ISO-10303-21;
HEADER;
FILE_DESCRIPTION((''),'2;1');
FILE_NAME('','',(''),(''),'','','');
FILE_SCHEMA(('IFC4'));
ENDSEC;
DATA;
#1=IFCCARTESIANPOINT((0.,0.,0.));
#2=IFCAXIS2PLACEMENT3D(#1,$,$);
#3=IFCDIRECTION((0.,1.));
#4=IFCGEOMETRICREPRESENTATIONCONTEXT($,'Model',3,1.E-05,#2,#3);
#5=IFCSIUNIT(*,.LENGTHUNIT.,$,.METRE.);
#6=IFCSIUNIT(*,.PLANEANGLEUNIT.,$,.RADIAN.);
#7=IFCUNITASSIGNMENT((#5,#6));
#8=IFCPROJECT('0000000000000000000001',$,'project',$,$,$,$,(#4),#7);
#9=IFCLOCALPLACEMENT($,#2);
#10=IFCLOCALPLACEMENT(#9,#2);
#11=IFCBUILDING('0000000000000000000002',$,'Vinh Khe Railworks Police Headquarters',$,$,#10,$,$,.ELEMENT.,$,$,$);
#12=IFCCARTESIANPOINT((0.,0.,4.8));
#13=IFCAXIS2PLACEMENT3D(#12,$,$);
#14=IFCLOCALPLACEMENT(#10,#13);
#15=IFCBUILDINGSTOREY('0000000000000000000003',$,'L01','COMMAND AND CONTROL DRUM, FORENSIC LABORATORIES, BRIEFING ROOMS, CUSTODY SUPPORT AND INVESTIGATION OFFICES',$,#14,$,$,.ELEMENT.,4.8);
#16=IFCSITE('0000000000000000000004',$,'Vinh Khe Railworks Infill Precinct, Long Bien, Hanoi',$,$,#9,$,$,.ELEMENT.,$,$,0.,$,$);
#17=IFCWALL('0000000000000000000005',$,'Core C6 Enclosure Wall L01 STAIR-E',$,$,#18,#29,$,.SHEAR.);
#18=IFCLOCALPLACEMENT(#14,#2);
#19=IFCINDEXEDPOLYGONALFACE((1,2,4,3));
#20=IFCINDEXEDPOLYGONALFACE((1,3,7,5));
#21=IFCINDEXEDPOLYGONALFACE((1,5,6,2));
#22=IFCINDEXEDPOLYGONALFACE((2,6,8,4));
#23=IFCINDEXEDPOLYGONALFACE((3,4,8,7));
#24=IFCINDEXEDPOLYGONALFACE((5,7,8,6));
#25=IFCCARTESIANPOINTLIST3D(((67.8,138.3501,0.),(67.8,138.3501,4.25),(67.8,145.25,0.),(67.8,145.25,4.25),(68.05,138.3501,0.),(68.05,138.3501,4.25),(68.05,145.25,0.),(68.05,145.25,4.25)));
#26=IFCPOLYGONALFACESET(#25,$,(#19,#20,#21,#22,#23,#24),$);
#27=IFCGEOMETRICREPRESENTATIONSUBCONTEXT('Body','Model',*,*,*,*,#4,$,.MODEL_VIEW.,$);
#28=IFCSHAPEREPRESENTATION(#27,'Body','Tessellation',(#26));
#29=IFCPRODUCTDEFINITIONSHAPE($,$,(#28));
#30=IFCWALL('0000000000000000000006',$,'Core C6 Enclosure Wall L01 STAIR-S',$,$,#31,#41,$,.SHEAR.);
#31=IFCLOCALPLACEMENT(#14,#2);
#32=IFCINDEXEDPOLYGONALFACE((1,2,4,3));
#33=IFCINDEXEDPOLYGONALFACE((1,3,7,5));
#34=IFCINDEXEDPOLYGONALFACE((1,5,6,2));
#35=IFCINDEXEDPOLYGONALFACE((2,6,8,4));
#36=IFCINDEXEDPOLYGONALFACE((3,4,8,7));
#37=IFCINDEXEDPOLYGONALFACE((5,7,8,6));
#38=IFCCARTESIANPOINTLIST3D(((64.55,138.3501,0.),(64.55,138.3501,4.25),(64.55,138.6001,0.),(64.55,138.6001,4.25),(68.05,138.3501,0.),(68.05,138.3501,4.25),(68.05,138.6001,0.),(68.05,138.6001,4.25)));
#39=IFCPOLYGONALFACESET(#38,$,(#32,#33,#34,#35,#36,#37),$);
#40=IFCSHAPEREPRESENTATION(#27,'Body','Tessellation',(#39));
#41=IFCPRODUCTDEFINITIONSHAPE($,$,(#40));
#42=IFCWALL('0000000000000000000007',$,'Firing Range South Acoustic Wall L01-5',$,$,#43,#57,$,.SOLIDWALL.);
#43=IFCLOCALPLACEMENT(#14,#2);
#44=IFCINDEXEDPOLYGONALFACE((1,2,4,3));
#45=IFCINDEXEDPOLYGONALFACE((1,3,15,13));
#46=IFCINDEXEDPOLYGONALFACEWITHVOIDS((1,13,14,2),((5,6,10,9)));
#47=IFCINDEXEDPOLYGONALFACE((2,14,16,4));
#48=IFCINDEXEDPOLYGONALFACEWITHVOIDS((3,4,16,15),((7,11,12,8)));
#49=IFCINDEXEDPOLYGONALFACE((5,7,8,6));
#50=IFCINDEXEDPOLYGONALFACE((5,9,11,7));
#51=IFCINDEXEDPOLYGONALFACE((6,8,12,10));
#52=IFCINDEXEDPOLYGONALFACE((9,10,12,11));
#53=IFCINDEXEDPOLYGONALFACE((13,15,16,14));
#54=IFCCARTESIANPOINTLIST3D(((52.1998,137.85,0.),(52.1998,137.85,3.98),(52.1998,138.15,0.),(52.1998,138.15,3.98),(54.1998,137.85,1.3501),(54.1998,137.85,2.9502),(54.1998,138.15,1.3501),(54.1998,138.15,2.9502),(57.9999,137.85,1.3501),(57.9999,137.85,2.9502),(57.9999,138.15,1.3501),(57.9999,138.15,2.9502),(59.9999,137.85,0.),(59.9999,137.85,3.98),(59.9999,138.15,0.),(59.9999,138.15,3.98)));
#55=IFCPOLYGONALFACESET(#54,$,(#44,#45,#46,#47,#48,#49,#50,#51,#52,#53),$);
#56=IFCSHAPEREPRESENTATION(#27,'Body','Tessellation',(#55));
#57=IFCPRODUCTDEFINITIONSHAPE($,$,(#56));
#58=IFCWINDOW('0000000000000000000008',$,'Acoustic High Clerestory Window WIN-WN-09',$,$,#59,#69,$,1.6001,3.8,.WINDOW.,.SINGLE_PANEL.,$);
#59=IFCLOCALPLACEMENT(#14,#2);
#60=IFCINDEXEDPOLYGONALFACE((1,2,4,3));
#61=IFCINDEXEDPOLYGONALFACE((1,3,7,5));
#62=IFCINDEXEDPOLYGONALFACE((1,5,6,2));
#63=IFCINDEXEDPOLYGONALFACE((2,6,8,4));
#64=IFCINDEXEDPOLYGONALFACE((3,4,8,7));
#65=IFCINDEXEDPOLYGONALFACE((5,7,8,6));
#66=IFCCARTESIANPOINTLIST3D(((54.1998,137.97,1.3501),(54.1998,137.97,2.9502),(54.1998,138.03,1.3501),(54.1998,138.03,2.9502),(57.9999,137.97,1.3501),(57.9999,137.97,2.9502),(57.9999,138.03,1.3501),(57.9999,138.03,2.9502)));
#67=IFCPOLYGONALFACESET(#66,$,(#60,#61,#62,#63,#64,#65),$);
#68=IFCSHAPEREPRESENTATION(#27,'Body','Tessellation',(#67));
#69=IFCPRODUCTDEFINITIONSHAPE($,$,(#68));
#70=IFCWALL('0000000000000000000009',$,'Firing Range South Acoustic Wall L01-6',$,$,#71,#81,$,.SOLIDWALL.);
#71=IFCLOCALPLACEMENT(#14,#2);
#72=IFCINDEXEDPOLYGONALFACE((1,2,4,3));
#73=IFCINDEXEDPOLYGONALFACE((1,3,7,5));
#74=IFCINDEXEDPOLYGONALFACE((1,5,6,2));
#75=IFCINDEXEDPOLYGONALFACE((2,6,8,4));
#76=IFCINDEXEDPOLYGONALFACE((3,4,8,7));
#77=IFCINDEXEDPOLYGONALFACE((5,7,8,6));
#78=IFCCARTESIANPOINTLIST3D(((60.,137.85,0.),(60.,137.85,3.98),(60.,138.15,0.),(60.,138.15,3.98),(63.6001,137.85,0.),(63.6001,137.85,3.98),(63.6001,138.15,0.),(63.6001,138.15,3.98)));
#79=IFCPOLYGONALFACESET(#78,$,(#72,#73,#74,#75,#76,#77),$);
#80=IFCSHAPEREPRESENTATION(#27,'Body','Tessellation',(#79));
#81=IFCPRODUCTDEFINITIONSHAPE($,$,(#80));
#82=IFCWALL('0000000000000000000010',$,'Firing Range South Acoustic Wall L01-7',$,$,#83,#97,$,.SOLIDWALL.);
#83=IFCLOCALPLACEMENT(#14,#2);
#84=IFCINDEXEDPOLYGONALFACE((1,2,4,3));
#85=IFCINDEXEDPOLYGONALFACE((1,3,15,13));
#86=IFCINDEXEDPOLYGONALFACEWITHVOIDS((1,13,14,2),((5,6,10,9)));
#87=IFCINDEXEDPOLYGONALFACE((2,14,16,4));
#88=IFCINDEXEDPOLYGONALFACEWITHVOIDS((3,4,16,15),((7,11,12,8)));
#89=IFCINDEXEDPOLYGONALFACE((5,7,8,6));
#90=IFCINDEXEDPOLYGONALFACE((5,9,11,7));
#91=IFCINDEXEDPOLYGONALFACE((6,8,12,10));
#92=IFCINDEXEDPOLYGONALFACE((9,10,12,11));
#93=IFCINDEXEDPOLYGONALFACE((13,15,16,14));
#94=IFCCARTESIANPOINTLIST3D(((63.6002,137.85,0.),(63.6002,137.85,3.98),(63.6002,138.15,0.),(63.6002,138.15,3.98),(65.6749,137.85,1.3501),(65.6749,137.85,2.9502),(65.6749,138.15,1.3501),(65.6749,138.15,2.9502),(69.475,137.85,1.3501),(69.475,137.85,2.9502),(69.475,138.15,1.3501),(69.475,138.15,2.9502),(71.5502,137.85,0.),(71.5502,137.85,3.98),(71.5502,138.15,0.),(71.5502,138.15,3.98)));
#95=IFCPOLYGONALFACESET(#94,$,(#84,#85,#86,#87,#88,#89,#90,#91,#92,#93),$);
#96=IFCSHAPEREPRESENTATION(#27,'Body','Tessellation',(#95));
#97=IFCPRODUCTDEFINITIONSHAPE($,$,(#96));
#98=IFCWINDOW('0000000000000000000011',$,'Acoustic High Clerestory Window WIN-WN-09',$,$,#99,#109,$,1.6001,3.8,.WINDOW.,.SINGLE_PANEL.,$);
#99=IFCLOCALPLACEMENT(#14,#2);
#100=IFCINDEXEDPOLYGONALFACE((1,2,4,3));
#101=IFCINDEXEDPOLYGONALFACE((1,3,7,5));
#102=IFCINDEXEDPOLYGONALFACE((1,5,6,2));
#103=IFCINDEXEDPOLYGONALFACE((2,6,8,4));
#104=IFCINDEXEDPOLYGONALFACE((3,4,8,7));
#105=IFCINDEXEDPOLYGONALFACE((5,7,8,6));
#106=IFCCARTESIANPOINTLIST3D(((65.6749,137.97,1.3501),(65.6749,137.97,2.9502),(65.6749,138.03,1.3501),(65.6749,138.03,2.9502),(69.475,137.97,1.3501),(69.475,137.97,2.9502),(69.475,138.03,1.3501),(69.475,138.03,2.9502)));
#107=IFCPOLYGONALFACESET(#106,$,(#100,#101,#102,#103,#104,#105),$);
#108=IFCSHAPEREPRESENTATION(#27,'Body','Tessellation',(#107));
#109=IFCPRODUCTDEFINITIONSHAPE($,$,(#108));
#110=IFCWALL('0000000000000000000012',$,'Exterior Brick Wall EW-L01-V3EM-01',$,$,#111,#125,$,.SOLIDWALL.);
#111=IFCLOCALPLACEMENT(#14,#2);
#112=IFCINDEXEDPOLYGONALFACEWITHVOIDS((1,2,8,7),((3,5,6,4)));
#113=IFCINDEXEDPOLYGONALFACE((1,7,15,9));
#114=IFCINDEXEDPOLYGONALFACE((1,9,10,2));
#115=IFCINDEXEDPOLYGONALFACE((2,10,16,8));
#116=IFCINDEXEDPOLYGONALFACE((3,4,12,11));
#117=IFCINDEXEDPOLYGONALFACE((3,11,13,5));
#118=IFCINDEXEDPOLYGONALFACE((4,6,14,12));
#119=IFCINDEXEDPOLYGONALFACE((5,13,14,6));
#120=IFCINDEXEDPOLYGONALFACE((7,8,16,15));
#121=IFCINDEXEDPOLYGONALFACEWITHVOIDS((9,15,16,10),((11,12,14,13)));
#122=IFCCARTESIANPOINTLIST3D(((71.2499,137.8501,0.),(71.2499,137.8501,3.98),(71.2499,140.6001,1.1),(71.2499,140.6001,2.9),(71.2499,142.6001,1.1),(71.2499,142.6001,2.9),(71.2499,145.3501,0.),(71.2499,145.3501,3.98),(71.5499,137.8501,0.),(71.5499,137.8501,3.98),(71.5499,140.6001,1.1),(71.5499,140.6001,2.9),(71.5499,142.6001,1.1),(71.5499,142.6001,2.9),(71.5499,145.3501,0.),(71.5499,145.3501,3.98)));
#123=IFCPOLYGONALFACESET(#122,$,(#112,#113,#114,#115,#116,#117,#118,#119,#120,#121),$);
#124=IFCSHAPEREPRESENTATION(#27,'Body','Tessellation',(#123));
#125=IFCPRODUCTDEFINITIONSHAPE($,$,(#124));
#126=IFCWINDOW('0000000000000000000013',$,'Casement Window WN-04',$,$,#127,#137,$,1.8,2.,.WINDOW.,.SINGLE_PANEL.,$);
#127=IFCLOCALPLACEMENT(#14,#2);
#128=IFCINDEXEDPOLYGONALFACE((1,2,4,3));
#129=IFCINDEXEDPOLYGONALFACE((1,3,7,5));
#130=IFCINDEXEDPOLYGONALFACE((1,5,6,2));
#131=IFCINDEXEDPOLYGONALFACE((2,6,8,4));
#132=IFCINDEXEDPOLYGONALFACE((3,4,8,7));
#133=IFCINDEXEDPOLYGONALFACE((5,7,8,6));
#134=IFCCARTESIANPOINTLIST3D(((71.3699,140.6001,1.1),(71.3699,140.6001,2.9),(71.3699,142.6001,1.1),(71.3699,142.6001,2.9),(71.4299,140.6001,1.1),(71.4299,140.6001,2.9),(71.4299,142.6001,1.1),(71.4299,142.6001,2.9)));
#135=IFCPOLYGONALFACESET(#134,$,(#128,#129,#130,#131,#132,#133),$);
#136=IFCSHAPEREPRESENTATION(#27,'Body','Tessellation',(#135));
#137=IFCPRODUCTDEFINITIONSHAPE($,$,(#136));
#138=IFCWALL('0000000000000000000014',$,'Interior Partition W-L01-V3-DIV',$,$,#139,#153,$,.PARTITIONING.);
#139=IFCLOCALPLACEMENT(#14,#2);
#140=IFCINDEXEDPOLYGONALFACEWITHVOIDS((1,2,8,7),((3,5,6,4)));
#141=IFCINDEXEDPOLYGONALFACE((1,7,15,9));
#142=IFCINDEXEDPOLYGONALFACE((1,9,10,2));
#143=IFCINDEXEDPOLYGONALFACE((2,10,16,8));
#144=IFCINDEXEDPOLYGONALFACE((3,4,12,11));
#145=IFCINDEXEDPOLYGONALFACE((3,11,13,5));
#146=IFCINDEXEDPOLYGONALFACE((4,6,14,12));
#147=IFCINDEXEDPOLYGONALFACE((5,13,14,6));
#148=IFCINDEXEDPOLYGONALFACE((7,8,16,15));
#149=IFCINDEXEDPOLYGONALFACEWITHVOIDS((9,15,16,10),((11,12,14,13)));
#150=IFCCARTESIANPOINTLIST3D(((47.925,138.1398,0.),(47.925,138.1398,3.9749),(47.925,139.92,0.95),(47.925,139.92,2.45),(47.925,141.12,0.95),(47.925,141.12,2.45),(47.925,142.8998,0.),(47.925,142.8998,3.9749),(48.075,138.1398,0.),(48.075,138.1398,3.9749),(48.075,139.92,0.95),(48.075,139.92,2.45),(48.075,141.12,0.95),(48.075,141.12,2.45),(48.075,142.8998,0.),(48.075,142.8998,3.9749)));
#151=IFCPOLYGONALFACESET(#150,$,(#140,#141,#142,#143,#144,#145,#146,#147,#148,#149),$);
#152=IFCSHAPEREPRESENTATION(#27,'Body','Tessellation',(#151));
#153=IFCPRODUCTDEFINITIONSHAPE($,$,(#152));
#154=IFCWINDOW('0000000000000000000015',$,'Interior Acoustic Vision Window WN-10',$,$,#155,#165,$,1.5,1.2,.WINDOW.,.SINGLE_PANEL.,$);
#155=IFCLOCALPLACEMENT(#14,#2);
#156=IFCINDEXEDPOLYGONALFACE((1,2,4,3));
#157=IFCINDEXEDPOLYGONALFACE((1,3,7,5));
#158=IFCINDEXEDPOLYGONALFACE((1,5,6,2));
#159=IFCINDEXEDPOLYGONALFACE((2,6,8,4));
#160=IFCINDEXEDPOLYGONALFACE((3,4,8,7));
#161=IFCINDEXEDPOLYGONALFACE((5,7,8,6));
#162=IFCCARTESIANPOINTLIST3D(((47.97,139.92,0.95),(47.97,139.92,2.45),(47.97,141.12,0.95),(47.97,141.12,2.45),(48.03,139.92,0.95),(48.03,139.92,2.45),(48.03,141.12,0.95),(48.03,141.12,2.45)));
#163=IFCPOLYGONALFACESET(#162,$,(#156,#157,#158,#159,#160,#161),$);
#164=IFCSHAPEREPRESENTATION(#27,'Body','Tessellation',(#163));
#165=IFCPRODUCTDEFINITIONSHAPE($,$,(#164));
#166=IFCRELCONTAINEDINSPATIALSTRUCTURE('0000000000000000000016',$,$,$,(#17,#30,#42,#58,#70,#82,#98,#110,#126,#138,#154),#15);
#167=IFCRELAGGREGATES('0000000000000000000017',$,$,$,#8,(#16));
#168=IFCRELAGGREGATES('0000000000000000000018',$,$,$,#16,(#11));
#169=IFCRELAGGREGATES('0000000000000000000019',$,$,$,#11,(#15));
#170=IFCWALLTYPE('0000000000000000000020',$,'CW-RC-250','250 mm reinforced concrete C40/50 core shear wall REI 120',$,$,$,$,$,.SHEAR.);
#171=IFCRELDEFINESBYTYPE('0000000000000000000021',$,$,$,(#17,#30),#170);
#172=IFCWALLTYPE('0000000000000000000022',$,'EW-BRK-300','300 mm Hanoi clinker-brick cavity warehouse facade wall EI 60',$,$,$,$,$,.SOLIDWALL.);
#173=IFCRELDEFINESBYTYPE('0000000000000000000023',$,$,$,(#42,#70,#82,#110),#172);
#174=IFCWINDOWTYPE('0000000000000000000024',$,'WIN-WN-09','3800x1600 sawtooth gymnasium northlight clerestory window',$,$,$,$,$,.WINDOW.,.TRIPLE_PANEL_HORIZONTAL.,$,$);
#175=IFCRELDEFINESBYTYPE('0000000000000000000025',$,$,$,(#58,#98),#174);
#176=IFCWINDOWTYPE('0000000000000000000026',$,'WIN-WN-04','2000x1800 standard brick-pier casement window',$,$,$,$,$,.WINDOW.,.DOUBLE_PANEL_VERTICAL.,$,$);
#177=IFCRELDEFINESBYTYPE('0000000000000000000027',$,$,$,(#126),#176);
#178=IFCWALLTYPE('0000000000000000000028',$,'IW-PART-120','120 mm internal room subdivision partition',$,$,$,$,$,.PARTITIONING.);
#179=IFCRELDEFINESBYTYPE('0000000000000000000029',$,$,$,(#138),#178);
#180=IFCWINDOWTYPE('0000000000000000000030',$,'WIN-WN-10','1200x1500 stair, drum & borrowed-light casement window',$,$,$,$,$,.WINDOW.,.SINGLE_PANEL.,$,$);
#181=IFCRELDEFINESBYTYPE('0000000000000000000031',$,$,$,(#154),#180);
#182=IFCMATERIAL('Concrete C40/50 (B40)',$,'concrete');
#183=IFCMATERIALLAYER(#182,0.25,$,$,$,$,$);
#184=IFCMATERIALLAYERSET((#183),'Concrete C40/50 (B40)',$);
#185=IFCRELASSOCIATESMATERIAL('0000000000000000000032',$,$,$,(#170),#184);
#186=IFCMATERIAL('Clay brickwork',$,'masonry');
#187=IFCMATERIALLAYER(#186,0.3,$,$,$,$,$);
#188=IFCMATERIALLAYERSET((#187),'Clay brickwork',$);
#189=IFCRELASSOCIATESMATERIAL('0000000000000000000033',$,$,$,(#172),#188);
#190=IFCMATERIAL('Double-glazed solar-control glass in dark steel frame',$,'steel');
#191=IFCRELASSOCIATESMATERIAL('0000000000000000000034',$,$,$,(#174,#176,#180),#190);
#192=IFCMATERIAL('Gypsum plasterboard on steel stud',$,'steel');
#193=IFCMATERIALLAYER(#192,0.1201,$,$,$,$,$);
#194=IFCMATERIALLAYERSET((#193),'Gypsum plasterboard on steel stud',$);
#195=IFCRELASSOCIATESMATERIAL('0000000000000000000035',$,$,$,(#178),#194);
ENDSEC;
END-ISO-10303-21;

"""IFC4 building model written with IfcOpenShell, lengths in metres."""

from ifc_helpers import new_model, si_unit, direction, frame, frame_2d, origin, place, context, subcontext, project, spatial, rectangle, extrude, material, layer, layer_set, type_object, element, fill, save


model = new_model("IFC4")

# Units and contexts
model_context = context("Model", 3, precision=1e-05, world=origin(), true_north=direction((0.0, 1.0)))
body_context = subcontext(model_context, "Body", "Model", "MODEL_VIEW")
ifc_project = project(units=[si_unit("LENGTHUNIT", "METRE"), si_unit("PLANEANGLEUNIT", "RADIAN")], contexts=[model_context])

# Site, building, storey
site_placement = place(None, origin())
site = spatial("IfcSite", under=ifc_project, at=site_placement, Name="Vinh Khe Railworks Infill Precinct, Long Bien, Hanoi", CompositionType="ELEMENT", RefElevation=0.0)
building_placement = place(site_placement, origin())
building = spatial("IfcBuilding", under=site, at=building_placement, Name="Vinh Khe Railworks Police Headquarters", CompositionType="ELEMENT")
storey_placement = place(building_placement, frame((0.0, 0.0, 4.8)))
storey = spatial("IfcBuildingStorey", under=building, at=storey_placement, Name="L01", Description="COMMAND AND CONTROL DRUM, FORENSIC LABORATORIES, BRIEFING ROOMS, CUSTODY SUPPORT AND INVESTIGATION OFFICES", CompositionType="ELEMENT", Elevation=4.8)

# Shared definitions
ifc_material_1 = material(Name="Concrete C40/50 (B40)", Category="concrete")
ifc_layer_1 = layer(ifc_material_1, 0.25)
ifc_layer_set_1 = layer_set([ifc_layer_1], Name="Concrete C40/50 (B40)")
wall_type_1 = type_object("IfcWallType", Name="CW-RC-250", Description="250 mm reinforced concrete C40/50 core shear wall REI 120", PredefinedType="SHEAR", material=ifc_layer_set_1)

# Walls
wall_1_placement = place(storey_placement, frame((67.925, 138.3501, 0.0), z_axis=(0.0, 0.0, 1.0), x_axis=(0.0, 1.0, 0.0)))
element("IfcWall", 1, at=wall_1_placement, inside=storey, type_object=wall_type_1, Name="Core C6 Enclosure Wall L01 STAIR-E", PredefinedType="SHEAR", context=body_context, shape_type="SweptSolid", body=[
    extrude(rectangle(XDim=6.8999, YDim=0.25, at=frame_2d((3.45, 0.0))), origin(), (0.0, 0.0, 1.0), 4.25),
])
wall_2_placement = place(storey_placement, frame((64.55, 138.4751, 0.0), z_axis=(0.0, 0.0, 1.0), x_axis=(1.0, 0.0, 0.0)))
element("IfcWall", 2, at=wall_2_placement, inside=storey, type_object=wall_type_1, Name="Core C6 Enclosure Wall L01 STAIR-S", PredefinedType="SHEAR", context=body_context, shape_type="SweptSolid", body=[
    extrude(rectangle(XDim=3.5, YDim=0.25, at=frame_2d((1.75, 0.0))), origin(), (0.0, 0.0, 1.0), 4.25),
])

# Wall, opening, window
ifc_material_2 = material(Name="Clay brickwork", Category="masonry")
ifc_layer_2 = layer(ifc_material_2, 0.3)
ifc_layer_set_2 = layer_set([ifc_layer_2], Name="Clay brickwork")
wall_type_2 = type_object("IfcWallType", Name="EW-BRK-300", Description="300 mm Hanoi clinker-brick cavity warehouse facade wall EI 60", PredefinedType="SOLIDWALL", material=ifc_layer_set_2)
wall_3_placement = place(storey_placement, frame((52.2, 138.0, 0.0), z_axis=(0.0, 0.0, 1.0), x_axis=(1.0, 0.0, 0.0)))
wall_3 = element("IfcWall", 3, at=wall_3_placement, inside=storey, type_object=wall_type_2, Name="Firing Range South Acoustic Wall L01-5", PredefinedType="SOLIDWALL", context=body_context, shape_type="SweptSolid", body=[
    extrude(rectangle(XDim=7.8, YDim=0.3, at=frame_2d((3.8999, 0.0))), origin(), (0.0, 0.0, 1.0), 3.98),
])
opening_1_placement = place(wall_3_placement, frame((2.0, 0.0, 1.3501)))
opening_1 = element("IfcOpeningElement", 4, at=opening_1_placement, cuts=wall_3, PredefinedType="OPENING", context=body_context, shape_type="SweptSolid", body=[
    extrude(rectangle(XDim=3.8, YDim=1.6001, at=frame_2d((1.8999, 0.8))), frame((0.0, 0.165, 0.0), z_axis=(0.0, -1.0, 0.0), x_axis=(1.0, 0.0, 0.0)), (0.0, 0.0, 1.0), 0.3298),
])
ifc_material_3 = material(Name="Double-glazed solar-control glass in dark steel frame", Category="steel")
window_type_1 = type_object("IfcWindowType", Name="WIN-WN-09", Description="3800x1600 sawtooth gymnasium northlight clerestory window", PartitioningType="TRIPLE_PANEL_HORIZONTAL", PredefinedType="WINDOW", material=ifc_material_3)
window_1_placement = place(opening_1_placement, origin())
window_1 = element("IfcWindow", 5, at=window_1_placement, inside=storey, type_object=window_type_1, Name="Acoustic High Clerestory Window WIN-WN-09", OverallHeight=1.6001, OverallWidth=3.8, PartitioningType="SINGLE_PANEL", PredefinedType="WINDOW", context=body_context, shape_type="SweptSolid", body=[
    extrude(rectangle(XDim=3.8, YDim=1.6001, at=frame_2d((1.8999, 0.8))), frame((0.0, 0.03, 0.0), z_axis=(0.0, -1.0, 0.0), x_axis=(1.0, 0.0, 0.0)), (0.0, 0.0, 1.0), 0.0601),
])
fill(opening_1, window_1)

# Wall
wall_4_placement = place(storey_placement, frame((60.0, 138.0, 0.0), z_axis=(0.0, 0.0, 1.0), x_axis=(1.0, 0.0, 0.0)))
element("IfcWall", 6, at=wall_4_placement, inside=storey, type_object=wall_type_2, Name="Firing Range South Acoustic Wall L01-6", PredefinedType="SOLIDWALL", context=body_context, shape_type="SweptSolid", body=[
    extrude(rectangle(XDim=3.6001, YDim=0.3, at=frame_2d((1.8, 0.0))), origin(), (0.0, 0.0, 1.0), 3.98),
])

# Walls, openings, windows
wall_5_placement = place(storey_placement, frame((63.6001, 138.0, 0.0), z_axis=(0.0, 0.0, 1.0), x_axis=(1.0, 0.0, 0.0)))
wall_5 = element("IfcWall", 7, at=wall_5_placement, inside=storey, type_object=wall_type_2, Name="Firing Range South Acoustic Wall L01-7", PredefinedType="SOLIDWALL", context=body_context, shape_type="SweptSolid", body=[
    extrude(rectangle(XDim=7.95, YDim=0.3, at=frame_2d((3.9751, 0.0))), origin(), (0.0, 0.0, 1.0), 3.98),
])
opening_2_placement = place(wall_5_placement, frame((2.075, 0.0, 1.3501)))
opening_2 = element("IfcOpeningElement", 8, at=opening_2_placement, cuts=wall_5, PredefinedType="OPENING", context=body_context, shape_type="SweptSolid", body=[
    extrude(rectangle(XDim=3.8, YDim=1.6001, at=frame_2d((1.8999, 0.8))), frame((0.0, 0.165, 0.0), z_axis=(0.0, -1.0, 0.0), x_axis=(1.0, 0.0, 0.0)), (0.0, 0.0, 1.0), 0.3298),
])
window_2_placement = place(opening_2_placement, origin())
window_2 = element("IfcWindow", 9, at=window_2_placement, inside=storey, type_object=window_type_1, Name="Acoustic High Clerestory Window WIN-WN-09", OverallHeight=1.6001, OverallWidth=3.8, PartitioningType="SINGLE_PANEL", PredefinedType="WINDOW", context=body_context, shape_type="SweptSolid", body=[
    extrude(rectangle(XDim=3.8, YDim=1.6001, at=frame_2d((1.8999, 0.8))), frame((0.0, 0.03, 0.0), z_axis=(0.0, -1.0, 0.0), x_axis=(1.0, 0.0, 0.0)), (0.0, 0.0, 1.0), 0.0601),
])
fill(opening_2, window_2)
wall_6_placement = place(storey_placement, frame((71.3999, 137.8501, 0.0), z_axis=(0.0, 0.0, 1.0), x_axis=(0.0, 1.0, 0.0)))
wall_6 = element("IfcWall", 10, at=wall_6_placement, inside=storey, type_object=wall_type_2, Name="Exterior Brick Wall EW-L01-V3EM-01", PredefinedType="SOLIDWALL", context=body_context, shape_type="SweptSolid", body=[
    extrude(rectangle(XDim=7.5, YDim=0.3, at=frame_2d((3.75, 0.0))), origin(), (0.0, 0.0, 1.0), 3.98),
])
opening_3_placement = place(wall_6_placement, frame((2.75, 0.0, 1.1001)))
opening_3 = element("IfcOpeningElement", 11, at=opening_3_placement, cuts=wall_6, PredefinedType="OPENING", context=body_context, shape_type="SweptSolid", body=[
    extrude(rectangle(XDim=2.0, YDim=1.8, at=frame_2d((1.0, 0.8999))), frame((0.0, 0.165, 0.0), z_axis=(0.0, -1.0, 0.0), x_axis=(1.0, 0.0, 0.0)), (0.0, 0.0, 1.0), 0.3298),
])
window_type_2 = type_object("IfcWindowType", Name="WIN-WN-04", Description="2000x1800 standard brick-pier casement window", PartitioningType="DOUBLE_PANEL_VERTICAL", PredefinedType="WINDOW", material=ifc_material_3)
window_3_placement = place(opening_3_placement, origin())
window_3 = element("IfcWindow", 12, at=window_3_placement, inside=storey, type_object=window_type_2, Name="Casement Window WN-04", OverallHeight=1.8, OverallWidth=2.0, PartitioningType="SINGLE_PANEL", PredefinedType="WINDOW", context=body_context, shape_type="SweptSolid", body=[
    extrude(rectangle(XDim=2.0, YDim=1.8, at=frame_2d((1.0, 0.8999))), frame((0.0, 0.03, 0.0), z_axis=(0.0, -1.0, 0.0), x_axis=(1.0, 0.0, 0.0)), (0.0, 0.0, 1.0), 0.0601),
])
fill(opening_3, window_3)
ifc_material_4 = material(Name="Gypsum plasterboard on steel stud", Category="steel")
ifc_layer_3 = layer(ifc_material_4, 0.1201)
ifc_layer_set_3 = layer_set([ifc_layer_3], Name="Gypsum plasterboard on steel stud")
wall_type_3 = type_object("IfcWallType", Name="IW-PART-120", Description="120 mm internal room subdivision partition", PredefinedType="PARTITIONING", material=ifc_layer_set_3)
wall_7_placement = place(storey_placement, frame((48.0, 138.1399, 0.0), z_axis=(0.0, 0.0, 1.0), x_axis=(0.0, 1.0, 0.0)))
wall_7 = element("IfcWall", 13, at=wall_7_placement, inside=storey, type_object=wall_type_3, Name="Interior Partition W-L01-V3-DIV", PredefinedType="PARTITIONING", context=body_context, shape_type="SweptSolid", body=[
    extrude(rectangle(XDim=4.76, YDim=0.1499, at=frame_2d((2.3799, 0.0))), origin(), (0.0, 0.0, 1.0), 3.9749),
])
opening_4_placement = place(wall_7_placement, frame((1.78, 0.0, 0.95)))
opening_4 = element("IfcOpeningElement", 14, at=opening_4_placement, cuts=wall_7, PredefinedType="OPENING", context=body_context, shape_type="SweptSolid", body=[
    extrude(rectangle(XDim=1.2, YDim=1.5, at=frame_2d((0.6001, 0.75))), frame((0.0, 0.0898, 0.0), z_axis=(0.0, -1.0, 0.0), x_axis=(1.0, 0.0, 0.0)), (0.0, 0.0, 1.0), 0.1797),
])
window_type_3 = type_object("IfcWindowType", Name="WIN-WN-10", Description="1200x1500 stair, drum & borrowed-light casement window", PartitioningType="SINGLE_PANEL", PredefinedType="WINDOW", material=ifc_material_3)
window_4_placement = place(opening_4_placement, origin())
window_4 = element("IfcWindow", 15, at=window_4_placement, inside=storey, type_object=window_type_3, Name="Interior Acoustic Vision Window WN-10", OverallHeight=1.5, OverallWidth=1.2, PartitioningType="SINGLE_PANEL", PredefinedType="WINDOW", context=body_context, shape_type="SweptSolid", body=[
    extrude(rectangle(XDim=1.2, YDim=1.5, at=frame_2d((0.6001, 0.75))), frame((0.0, 0.03, 0.0), z_axis=(0.0, -1.0, 0.0), x_axis=(1.0, 0.0, 0.0)), (0.0, 0.0, 1.0), 0.0601),
])
fill(opening_4, window_4)

save(model, "model.ifc")
